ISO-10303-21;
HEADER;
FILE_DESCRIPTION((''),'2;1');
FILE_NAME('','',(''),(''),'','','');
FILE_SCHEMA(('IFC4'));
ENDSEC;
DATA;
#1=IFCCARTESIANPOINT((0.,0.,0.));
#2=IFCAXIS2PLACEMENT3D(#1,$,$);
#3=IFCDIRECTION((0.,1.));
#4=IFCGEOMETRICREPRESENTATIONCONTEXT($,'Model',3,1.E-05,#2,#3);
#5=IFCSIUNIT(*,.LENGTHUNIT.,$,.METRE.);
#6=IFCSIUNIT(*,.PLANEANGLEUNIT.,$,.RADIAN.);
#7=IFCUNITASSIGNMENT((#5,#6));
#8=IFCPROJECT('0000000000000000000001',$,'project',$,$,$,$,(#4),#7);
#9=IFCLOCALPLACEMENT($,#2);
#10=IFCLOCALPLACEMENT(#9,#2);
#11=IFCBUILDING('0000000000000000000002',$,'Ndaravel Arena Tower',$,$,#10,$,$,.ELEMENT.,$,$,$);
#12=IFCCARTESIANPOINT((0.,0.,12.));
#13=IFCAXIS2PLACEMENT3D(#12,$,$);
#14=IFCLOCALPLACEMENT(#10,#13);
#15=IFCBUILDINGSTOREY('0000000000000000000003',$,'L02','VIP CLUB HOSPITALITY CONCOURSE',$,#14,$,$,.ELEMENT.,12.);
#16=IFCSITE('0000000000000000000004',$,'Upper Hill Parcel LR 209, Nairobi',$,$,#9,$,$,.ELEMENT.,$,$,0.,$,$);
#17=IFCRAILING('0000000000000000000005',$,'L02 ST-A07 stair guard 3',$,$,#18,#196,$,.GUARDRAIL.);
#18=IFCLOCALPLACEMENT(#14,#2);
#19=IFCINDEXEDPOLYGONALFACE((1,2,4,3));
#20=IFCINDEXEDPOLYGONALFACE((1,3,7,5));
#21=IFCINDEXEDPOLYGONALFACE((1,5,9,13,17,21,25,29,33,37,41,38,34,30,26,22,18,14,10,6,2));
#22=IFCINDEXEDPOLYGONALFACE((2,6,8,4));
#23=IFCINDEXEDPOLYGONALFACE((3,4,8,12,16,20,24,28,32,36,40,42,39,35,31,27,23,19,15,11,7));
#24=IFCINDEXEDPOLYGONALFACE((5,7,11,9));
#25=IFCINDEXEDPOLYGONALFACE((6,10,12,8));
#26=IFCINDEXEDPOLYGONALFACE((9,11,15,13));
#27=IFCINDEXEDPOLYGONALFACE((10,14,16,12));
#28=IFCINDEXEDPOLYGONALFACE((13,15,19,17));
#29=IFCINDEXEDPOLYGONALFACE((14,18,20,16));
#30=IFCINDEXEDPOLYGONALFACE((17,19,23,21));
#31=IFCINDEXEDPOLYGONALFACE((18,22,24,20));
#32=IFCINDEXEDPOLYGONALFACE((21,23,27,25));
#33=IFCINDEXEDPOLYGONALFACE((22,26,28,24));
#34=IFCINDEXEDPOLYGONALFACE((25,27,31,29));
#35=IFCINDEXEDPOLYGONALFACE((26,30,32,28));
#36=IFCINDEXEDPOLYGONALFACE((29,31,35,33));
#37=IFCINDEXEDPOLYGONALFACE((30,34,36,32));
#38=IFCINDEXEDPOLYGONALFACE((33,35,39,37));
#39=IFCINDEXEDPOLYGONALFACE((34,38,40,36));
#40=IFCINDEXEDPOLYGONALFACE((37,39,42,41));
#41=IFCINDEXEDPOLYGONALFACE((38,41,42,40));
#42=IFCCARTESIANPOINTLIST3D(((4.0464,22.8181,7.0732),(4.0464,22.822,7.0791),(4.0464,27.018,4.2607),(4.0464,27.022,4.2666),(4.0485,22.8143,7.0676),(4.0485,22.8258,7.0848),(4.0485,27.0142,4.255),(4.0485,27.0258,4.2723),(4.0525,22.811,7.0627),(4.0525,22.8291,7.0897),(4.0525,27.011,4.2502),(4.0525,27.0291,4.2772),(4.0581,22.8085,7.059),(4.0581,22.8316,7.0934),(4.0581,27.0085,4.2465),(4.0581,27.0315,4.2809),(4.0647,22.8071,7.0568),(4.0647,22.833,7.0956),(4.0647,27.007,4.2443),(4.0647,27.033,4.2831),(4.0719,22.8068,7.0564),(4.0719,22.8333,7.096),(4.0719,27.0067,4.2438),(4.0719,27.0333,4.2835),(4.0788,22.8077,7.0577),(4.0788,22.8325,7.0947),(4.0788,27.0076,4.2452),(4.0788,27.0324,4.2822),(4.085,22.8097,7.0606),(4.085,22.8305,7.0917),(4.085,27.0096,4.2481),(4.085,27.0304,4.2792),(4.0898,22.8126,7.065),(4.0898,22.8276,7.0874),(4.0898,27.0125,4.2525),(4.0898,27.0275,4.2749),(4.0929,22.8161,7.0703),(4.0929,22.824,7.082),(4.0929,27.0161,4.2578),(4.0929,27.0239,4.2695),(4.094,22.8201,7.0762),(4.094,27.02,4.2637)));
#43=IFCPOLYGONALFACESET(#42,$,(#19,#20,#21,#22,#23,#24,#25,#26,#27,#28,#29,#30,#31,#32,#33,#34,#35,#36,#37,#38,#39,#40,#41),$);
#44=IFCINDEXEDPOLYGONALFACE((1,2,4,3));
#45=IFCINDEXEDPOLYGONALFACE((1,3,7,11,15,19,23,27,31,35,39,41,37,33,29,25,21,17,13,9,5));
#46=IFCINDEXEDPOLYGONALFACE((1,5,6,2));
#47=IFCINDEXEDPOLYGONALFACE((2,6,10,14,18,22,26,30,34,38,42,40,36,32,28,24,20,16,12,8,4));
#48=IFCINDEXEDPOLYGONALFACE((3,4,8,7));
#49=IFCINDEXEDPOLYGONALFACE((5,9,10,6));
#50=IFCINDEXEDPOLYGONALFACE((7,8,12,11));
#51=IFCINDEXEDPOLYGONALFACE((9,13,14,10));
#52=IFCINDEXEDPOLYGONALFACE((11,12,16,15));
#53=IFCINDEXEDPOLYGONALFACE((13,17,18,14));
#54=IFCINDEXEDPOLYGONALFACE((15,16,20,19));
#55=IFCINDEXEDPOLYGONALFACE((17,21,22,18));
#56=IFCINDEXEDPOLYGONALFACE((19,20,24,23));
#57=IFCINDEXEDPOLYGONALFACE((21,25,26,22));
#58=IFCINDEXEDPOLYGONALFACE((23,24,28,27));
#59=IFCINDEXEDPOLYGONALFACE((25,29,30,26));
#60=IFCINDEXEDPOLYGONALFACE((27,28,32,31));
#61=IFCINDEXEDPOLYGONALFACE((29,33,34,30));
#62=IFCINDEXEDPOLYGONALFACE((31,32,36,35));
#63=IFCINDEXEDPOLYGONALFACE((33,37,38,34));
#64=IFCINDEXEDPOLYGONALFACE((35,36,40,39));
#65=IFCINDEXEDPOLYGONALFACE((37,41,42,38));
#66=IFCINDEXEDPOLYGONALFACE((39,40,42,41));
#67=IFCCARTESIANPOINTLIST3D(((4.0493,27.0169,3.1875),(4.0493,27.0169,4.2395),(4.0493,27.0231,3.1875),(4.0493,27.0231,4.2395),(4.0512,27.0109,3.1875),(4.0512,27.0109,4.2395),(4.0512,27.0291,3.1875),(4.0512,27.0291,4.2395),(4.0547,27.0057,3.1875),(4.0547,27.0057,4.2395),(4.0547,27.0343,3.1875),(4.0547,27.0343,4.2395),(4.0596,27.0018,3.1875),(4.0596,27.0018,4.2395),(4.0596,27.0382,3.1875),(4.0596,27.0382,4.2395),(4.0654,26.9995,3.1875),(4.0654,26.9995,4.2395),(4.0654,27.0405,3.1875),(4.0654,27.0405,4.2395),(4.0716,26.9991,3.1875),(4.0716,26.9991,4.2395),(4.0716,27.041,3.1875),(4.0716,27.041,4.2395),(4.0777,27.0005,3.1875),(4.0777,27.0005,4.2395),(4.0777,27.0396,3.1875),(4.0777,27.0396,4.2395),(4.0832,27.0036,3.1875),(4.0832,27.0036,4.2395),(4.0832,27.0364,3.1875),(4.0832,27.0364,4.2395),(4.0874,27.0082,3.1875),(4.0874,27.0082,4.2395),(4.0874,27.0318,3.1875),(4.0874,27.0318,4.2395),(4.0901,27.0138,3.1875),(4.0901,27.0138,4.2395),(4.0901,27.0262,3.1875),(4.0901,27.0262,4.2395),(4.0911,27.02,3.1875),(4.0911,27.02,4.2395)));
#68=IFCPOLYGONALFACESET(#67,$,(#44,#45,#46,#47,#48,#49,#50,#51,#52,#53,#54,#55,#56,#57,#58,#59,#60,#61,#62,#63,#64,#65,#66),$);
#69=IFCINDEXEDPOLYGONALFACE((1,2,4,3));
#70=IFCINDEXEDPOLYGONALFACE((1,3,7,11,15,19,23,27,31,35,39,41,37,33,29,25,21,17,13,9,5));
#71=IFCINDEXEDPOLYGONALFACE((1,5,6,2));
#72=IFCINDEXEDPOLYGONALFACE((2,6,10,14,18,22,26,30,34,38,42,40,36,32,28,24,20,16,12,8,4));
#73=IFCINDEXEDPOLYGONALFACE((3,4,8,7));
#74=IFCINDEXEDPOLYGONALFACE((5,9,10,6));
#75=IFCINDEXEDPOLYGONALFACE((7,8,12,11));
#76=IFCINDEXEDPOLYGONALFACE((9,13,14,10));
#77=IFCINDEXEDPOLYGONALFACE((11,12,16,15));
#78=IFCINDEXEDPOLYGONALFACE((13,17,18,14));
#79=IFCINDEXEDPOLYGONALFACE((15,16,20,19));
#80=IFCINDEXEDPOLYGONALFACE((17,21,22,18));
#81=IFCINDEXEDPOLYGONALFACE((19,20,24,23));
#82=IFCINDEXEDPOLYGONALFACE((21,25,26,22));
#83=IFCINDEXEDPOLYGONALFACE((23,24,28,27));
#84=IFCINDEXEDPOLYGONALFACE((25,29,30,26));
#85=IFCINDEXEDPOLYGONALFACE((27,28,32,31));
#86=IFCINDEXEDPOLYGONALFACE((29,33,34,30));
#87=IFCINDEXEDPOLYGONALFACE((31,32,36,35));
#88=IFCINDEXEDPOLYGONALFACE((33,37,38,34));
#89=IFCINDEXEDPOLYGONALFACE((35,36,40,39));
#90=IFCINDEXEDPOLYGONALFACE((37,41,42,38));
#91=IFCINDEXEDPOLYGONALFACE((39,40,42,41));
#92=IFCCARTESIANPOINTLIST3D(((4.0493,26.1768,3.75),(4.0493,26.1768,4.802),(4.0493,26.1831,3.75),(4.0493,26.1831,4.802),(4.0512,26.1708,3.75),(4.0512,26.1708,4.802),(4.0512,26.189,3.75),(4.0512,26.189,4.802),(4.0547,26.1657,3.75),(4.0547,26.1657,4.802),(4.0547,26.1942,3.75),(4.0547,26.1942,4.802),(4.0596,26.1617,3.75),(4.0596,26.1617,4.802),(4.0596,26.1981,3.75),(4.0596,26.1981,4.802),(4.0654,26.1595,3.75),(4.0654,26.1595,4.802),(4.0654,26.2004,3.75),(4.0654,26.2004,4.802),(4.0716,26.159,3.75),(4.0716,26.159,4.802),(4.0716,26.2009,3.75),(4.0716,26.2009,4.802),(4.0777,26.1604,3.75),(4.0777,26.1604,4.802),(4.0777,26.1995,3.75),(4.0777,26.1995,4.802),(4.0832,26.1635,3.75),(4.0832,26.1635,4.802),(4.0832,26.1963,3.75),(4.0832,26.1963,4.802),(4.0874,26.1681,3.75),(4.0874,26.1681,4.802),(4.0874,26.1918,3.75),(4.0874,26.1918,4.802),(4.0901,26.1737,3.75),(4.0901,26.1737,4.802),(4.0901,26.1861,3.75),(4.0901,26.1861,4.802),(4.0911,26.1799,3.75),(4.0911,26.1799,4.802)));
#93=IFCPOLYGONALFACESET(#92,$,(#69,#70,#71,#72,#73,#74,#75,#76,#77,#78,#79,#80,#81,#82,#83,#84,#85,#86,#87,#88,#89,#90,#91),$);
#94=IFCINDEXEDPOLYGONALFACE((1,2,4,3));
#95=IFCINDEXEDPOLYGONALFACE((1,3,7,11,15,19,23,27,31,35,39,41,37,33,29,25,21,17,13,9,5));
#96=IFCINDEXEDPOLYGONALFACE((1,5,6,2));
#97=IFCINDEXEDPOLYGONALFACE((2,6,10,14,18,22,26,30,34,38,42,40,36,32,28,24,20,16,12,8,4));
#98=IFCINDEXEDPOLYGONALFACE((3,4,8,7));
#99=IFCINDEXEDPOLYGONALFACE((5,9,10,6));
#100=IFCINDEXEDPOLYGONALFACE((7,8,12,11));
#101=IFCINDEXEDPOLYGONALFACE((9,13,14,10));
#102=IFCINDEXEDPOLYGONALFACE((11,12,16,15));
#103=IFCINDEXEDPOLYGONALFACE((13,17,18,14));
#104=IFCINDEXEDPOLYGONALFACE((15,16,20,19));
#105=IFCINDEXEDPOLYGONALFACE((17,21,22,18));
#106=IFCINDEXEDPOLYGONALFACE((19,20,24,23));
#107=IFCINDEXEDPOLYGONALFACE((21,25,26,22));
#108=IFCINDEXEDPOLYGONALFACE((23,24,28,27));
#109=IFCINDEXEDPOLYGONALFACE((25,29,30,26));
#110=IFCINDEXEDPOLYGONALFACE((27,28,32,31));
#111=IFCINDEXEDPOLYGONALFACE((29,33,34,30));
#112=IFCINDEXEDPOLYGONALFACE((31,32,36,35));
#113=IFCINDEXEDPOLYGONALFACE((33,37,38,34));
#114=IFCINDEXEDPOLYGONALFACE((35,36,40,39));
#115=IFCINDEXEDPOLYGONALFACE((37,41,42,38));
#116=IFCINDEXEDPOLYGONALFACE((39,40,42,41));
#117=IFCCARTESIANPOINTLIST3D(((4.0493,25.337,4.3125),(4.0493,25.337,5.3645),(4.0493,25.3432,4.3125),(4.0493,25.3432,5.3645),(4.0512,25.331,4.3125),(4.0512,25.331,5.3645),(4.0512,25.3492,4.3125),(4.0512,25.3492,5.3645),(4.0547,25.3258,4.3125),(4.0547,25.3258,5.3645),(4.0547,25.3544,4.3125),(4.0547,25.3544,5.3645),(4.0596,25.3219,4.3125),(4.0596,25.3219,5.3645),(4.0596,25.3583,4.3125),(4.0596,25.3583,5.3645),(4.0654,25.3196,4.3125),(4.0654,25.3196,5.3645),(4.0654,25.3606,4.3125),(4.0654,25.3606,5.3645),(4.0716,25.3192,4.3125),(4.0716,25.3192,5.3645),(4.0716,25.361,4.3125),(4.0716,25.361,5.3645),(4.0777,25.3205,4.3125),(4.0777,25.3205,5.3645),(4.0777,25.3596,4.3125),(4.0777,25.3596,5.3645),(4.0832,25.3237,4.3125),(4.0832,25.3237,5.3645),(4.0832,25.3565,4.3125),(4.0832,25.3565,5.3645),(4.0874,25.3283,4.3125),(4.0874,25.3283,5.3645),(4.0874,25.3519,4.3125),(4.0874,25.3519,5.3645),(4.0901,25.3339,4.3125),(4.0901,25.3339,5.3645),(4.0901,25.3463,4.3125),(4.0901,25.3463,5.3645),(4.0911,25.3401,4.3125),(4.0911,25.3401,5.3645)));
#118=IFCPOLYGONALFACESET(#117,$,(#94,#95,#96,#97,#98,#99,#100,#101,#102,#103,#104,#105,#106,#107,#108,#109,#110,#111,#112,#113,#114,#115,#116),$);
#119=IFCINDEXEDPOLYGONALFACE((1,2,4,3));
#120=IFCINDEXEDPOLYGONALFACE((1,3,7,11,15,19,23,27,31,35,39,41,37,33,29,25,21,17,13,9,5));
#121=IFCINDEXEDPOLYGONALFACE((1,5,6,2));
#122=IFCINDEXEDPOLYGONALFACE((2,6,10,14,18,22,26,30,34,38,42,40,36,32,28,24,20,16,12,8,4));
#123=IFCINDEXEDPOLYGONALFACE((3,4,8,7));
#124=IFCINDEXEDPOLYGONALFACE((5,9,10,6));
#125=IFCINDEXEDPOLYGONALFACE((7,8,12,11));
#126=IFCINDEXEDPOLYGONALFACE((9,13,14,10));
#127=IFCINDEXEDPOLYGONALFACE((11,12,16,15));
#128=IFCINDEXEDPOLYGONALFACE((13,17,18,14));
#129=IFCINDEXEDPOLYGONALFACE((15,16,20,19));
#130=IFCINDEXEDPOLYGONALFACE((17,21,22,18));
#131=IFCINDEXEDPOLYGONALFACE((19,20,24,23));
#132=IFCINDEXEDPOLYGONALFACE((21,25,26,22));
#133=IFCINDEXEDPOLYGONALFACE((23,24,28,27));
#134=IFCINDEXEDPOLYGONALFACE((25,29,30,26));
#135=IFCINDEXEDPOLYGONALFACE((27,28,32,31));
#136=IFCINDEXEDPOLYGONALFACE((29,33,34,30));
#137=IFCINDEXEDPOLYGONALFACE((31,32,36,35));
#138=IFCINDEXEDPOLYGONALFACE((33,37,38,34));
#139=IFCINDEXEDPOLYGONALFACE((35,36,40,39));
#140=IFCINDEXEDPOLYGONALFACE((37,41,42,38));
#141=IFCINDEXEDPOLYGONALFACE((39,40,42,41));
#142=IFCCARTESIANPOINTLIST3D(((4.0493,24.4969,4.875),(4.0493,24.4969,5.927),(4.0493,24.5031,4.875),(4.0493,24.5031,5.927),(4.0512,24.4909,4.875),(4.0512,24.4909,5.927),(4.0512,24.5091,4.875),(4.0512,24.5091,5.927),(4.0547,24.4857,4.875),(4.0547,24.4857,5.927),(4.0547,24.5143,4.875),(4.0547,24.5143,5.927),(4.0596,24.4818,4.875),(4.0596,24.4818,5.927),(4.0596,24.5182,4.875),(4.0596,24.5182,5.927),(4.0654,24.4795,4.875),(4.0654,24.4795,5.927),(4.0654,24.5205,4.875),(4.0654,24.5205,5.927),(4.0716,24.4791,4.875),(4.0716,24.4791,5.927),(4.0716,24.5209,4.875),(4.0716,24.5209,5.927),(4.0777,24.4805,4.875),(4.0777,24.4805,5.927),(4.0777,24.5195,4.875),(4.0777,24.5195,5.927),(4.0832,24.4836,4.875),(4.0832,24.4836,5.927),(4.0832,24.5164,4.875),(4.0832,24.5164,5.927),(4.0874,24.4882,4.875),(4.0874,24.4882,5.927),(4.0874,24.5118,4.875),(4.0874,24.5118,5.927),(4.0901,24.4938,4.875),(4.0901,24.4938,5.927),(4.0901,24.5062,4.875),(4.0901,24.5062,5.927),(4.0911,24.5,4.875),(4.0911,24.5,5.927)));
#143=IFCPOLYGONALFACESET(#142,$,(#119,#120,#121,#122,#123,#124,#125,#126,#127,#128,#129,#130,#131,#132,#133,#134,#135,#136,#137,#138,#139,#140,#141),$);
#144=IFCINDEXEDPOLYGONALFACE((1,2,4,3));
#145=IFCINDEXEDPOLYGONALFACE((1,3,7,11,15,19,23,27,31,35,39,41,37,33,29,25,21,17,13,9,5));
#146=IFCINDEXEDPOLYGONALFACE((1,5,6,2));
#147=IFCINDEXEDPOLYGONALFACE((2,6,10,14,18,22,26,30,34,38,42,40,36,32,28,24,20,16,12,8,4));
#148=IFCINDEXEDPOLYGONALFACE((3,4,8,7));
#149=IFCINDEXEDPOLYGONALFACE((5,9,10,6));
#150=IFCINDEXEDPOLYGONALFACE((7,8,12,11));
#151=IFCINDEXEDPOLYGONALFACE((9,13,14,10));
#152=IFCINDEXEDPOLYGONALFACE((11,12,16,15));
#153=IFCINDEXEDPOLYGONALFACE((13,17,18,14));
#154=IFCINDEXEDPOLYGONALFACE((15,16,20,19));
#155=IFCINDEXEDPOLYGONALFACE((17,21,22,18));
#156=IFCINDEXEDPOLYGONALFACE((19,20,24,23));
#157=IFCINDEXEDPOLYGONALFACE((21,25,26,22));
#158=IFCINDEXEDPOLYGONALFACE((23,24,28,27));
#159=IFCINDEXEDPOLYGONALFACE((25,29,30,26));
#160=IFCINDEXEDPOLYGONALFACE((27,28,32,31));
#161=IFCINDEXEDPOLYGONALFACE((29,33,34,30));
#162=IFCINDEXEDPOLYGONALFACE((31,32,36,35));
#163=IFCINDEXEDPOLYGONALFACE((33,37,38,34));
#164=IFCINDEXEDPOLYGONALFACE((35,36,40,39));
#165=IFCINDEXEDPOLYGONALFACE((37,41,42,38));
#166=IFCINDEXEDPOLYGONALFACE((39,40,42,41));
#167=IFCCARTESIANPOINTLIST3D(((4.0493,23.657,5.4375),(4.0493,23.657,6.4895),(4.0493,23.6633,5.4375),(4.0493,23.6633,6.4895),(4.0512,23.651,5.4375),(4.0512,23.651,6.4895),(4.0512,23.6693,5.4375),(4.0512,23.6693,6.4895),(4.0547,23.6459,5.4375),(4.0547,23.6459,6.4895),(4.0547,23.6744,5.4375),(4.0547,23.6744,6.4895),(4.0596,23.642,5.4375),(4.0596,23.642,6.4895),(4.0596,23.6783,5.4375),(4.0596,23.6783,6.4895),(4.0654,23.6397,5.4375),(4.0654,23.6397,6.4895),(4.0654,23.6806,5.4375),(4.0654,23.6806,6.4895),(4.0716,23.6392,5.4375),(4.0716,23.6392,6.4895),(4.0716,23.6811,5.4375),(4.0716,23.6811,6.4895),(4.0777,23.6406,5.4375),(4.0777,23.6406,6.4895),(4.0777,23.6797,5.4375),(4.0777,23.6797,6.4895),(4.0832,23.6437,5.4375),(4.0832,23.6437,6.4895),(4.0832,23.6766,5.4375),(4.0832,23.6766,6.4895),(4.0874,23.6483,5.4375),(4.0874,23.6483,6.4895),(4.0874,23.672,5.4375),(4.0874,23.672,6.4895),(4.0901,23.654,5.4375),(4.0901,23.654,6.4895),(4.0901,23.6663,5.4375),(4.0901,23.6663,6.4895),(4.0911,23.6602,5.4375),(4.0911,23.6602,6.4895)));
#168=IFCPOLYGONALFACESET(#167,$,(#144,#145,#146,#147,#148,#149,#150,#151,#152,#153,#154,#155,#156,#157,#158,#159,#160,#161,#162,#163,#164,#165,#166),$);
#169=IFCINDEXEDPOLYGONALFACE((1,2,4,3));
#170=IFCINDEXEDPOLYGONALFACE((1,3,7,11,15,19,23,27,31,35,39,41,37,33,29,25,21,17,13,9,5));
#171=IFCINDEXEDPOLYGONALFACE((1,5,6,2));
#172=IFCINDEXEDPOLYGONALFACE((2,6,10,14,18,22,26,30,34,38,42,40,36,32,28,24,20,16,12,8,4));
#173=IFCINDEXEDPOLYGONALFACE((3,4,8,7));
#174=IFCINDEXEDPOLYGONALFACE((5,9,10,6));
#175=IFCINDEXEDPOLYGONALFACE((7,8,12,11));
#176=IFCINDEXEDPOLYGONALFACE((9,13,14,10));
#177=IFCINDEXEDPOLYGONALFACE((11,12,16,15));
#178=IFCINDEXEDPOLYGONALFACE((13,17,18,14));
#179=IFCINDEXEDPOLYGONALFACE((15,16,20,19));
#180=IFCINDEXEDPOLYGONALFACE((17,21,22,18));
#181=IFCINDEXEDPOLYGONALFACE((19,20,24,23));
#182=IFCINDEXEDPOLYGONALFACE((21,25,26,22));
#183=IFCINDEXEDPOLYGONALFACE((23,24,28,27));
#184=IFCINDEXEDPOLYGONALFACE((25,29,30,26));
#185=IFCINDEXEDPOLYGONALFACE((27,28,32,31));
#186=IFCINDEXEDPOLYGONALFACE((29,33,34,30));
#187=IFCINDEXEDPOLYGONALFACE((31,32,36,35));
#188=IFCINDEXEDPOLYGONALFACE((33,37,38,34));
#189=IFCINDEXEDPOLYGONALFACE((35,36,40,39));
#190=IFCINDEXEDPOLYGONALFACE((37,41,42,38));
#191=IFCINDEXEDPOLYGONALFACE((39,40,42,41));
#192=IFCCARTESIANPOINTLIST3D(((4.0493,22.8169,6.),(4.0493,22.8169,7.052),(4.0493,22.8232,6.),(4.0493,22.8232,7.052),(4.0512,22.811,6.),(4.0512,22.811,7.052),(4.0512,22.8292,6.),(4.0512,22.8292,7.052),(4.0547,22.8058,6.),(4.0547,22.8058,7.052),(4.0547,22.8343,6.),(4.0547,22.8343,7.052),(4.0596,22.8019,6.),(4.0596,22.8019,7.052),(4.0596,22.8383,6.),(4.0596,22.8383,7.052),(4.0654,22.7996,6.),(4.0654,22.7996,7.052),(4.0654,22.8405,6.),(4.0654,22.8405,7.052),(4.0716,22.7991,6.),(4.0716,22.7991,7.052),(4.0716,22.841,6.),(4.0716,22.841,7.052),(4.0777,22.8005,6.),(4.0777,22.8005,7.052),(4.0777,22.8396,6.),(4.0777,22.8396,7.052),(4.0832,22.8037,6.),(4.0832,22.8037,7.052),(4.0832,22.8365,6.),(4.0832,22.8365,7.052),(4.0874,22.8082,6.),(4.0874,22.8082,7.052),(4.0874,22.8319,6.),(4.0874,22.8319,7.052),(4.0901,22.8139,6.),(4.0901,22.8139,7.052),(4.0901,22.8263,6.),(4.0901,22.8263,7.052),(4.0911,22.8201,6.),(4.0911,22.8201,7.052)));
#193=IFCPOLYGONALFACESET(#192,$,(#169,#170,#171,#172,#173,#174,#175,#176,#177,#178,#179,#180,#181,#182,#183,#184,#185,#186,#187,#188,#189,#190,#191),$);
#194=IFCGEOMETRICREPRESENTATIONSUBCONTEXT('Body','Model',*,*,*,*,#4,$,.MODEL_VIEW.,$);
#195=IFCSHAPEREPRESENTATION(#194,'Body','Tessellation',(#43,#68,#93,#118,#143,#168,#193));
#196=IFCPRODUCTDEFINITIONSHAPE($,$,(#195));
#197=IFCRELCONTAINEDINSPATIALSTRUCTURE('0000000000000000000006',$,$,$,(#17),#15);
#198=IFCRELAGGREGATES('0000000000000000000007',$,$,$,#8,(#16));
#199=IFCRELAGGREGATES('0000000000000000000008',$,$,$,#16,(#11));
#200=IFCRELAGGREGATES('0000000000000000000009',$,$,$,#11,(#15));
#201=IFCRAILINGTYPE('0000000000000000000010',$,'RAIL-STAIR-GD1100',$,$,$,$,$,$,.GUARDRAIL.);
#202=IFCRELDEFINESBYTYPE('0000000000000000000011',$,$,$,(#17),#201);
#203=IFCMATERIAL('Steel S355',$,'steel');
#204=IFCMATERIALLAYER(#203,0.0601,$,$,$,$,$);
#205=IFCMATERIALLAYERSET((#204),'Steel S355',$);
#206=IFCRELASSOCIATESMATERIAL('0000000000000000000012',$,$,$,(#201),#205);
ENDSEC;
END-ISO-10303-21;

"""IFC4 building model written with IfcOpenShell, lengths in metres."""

from ifc_helpers import new_model, si_unit, direction, frame, origin, origin_2d, place, context, subcontext, project, spatial, circle, extrude, material, layer, layer_set, type_object, element, save


model = new_model("IFC4")

# Units and contexts
model_context = context("Model", 3, precision=1e-05, world=origin(), true_north=direction((0.0, 1.0)))
body_context = subcontext(model_context, "Body", "Model", "MODEL_VIEW")
ifc_project = project(units=[si_unit("LENGTHUNIT", "METRE"), si_unit("PLANEANGLEUNIT", "RADIAN")], contexts=[model_context])

# Site, building, storey
site_placement = place(None, origin())
site = spatial("IfcSite", under=ifc_project, at=site_placement, Name="Upper Hill Parcel LR 209, Nairobi", CompositionType="ELEMENT", RefElevation=0.0)
building_placement = place(site_placement, origin())
building = spatial("IfcBuilding", under=site, at=building_placement, Name="Ndaravel Arena Tower", CompositionType="ELEMENT")
storey_placement = place(building_placement, frame((0.0, 0.0, 12.0)))
storey = spatial("IfcBuildingStorey", under=building, at=storey_placement, Name="L02", Description="VIP CLUB HOSPITALITY CONCOURSE", CompositionType="ELEMENT", Elevation=12.0)

# Railing
ifc_material_1 = material(Name="Steel S355", Category="steel")
ifc_layer_1 = layer(ifc_material_1, 0.0601)
ifc_layer_set_1 = layer_set([ifc_layer_1], Name="Steel S355")
railing_type_1 = type_object("IfcRailingType", Name="RAIL-STAIR-GD1100", PredefinedType="GUARDRAIL", material=ifc_layer_set_1)
railing_1_placement = place(storey_placement, frame((4.0701, 27.02, 3.1875)))
element("IfcRailing", 1, at=railing_1_placement, inside=storey, type_object=railing_type_1, Name="L02 ST-A07 stair guard 3", PredefinedType="GUARDRAIL", context=body_context, shape_type="SweptSolid", body=[
    extrude(circle(Radius=0.0239, at=origin_2d()), frame((0.0, 0.0, 1.0762), z_axis=(0.0, -0.830904, 0.556416), x_axis=(1.0, 0.0, 0.0)), (0.0, 0.0, 1.0), 5.0547),
    extrude(circle(Radius=0.021, at=origin_2d()), origin(), (0.0, 0.0, 1.0), 1.052),
    extrude(circle(Radius=0.021, at=origin_2d()), frame((0.0, -0.8401, 0.5625)), (0.0, 0.0, 1.0), 1.052),
    extrude(circle(Radius=0.021, at=origin_2d()), frame((0.0, -1.6799, 1.125)), (0.0, 0.0, 1.0), 1.052),
    extrude(circle(Radius=0.021, at=origin_2d()), frame((0.0, -2.52, 1.6875)), (0.0, 0.0, 1.0), 1.052),
    extrude(circle(Radius=0.021, at=origin_2d()), frame((0.0, -3.3599, 2.25)), (0.0, 0.0, 1.0), 1.052),
    extrude(circle(Radius=0.021, at=origin_2d()), frame((0.0, -4.2, 2.8125)), (0.0, 0.0, 1.0), 1.052),
])

save(model, "model.ifc")
